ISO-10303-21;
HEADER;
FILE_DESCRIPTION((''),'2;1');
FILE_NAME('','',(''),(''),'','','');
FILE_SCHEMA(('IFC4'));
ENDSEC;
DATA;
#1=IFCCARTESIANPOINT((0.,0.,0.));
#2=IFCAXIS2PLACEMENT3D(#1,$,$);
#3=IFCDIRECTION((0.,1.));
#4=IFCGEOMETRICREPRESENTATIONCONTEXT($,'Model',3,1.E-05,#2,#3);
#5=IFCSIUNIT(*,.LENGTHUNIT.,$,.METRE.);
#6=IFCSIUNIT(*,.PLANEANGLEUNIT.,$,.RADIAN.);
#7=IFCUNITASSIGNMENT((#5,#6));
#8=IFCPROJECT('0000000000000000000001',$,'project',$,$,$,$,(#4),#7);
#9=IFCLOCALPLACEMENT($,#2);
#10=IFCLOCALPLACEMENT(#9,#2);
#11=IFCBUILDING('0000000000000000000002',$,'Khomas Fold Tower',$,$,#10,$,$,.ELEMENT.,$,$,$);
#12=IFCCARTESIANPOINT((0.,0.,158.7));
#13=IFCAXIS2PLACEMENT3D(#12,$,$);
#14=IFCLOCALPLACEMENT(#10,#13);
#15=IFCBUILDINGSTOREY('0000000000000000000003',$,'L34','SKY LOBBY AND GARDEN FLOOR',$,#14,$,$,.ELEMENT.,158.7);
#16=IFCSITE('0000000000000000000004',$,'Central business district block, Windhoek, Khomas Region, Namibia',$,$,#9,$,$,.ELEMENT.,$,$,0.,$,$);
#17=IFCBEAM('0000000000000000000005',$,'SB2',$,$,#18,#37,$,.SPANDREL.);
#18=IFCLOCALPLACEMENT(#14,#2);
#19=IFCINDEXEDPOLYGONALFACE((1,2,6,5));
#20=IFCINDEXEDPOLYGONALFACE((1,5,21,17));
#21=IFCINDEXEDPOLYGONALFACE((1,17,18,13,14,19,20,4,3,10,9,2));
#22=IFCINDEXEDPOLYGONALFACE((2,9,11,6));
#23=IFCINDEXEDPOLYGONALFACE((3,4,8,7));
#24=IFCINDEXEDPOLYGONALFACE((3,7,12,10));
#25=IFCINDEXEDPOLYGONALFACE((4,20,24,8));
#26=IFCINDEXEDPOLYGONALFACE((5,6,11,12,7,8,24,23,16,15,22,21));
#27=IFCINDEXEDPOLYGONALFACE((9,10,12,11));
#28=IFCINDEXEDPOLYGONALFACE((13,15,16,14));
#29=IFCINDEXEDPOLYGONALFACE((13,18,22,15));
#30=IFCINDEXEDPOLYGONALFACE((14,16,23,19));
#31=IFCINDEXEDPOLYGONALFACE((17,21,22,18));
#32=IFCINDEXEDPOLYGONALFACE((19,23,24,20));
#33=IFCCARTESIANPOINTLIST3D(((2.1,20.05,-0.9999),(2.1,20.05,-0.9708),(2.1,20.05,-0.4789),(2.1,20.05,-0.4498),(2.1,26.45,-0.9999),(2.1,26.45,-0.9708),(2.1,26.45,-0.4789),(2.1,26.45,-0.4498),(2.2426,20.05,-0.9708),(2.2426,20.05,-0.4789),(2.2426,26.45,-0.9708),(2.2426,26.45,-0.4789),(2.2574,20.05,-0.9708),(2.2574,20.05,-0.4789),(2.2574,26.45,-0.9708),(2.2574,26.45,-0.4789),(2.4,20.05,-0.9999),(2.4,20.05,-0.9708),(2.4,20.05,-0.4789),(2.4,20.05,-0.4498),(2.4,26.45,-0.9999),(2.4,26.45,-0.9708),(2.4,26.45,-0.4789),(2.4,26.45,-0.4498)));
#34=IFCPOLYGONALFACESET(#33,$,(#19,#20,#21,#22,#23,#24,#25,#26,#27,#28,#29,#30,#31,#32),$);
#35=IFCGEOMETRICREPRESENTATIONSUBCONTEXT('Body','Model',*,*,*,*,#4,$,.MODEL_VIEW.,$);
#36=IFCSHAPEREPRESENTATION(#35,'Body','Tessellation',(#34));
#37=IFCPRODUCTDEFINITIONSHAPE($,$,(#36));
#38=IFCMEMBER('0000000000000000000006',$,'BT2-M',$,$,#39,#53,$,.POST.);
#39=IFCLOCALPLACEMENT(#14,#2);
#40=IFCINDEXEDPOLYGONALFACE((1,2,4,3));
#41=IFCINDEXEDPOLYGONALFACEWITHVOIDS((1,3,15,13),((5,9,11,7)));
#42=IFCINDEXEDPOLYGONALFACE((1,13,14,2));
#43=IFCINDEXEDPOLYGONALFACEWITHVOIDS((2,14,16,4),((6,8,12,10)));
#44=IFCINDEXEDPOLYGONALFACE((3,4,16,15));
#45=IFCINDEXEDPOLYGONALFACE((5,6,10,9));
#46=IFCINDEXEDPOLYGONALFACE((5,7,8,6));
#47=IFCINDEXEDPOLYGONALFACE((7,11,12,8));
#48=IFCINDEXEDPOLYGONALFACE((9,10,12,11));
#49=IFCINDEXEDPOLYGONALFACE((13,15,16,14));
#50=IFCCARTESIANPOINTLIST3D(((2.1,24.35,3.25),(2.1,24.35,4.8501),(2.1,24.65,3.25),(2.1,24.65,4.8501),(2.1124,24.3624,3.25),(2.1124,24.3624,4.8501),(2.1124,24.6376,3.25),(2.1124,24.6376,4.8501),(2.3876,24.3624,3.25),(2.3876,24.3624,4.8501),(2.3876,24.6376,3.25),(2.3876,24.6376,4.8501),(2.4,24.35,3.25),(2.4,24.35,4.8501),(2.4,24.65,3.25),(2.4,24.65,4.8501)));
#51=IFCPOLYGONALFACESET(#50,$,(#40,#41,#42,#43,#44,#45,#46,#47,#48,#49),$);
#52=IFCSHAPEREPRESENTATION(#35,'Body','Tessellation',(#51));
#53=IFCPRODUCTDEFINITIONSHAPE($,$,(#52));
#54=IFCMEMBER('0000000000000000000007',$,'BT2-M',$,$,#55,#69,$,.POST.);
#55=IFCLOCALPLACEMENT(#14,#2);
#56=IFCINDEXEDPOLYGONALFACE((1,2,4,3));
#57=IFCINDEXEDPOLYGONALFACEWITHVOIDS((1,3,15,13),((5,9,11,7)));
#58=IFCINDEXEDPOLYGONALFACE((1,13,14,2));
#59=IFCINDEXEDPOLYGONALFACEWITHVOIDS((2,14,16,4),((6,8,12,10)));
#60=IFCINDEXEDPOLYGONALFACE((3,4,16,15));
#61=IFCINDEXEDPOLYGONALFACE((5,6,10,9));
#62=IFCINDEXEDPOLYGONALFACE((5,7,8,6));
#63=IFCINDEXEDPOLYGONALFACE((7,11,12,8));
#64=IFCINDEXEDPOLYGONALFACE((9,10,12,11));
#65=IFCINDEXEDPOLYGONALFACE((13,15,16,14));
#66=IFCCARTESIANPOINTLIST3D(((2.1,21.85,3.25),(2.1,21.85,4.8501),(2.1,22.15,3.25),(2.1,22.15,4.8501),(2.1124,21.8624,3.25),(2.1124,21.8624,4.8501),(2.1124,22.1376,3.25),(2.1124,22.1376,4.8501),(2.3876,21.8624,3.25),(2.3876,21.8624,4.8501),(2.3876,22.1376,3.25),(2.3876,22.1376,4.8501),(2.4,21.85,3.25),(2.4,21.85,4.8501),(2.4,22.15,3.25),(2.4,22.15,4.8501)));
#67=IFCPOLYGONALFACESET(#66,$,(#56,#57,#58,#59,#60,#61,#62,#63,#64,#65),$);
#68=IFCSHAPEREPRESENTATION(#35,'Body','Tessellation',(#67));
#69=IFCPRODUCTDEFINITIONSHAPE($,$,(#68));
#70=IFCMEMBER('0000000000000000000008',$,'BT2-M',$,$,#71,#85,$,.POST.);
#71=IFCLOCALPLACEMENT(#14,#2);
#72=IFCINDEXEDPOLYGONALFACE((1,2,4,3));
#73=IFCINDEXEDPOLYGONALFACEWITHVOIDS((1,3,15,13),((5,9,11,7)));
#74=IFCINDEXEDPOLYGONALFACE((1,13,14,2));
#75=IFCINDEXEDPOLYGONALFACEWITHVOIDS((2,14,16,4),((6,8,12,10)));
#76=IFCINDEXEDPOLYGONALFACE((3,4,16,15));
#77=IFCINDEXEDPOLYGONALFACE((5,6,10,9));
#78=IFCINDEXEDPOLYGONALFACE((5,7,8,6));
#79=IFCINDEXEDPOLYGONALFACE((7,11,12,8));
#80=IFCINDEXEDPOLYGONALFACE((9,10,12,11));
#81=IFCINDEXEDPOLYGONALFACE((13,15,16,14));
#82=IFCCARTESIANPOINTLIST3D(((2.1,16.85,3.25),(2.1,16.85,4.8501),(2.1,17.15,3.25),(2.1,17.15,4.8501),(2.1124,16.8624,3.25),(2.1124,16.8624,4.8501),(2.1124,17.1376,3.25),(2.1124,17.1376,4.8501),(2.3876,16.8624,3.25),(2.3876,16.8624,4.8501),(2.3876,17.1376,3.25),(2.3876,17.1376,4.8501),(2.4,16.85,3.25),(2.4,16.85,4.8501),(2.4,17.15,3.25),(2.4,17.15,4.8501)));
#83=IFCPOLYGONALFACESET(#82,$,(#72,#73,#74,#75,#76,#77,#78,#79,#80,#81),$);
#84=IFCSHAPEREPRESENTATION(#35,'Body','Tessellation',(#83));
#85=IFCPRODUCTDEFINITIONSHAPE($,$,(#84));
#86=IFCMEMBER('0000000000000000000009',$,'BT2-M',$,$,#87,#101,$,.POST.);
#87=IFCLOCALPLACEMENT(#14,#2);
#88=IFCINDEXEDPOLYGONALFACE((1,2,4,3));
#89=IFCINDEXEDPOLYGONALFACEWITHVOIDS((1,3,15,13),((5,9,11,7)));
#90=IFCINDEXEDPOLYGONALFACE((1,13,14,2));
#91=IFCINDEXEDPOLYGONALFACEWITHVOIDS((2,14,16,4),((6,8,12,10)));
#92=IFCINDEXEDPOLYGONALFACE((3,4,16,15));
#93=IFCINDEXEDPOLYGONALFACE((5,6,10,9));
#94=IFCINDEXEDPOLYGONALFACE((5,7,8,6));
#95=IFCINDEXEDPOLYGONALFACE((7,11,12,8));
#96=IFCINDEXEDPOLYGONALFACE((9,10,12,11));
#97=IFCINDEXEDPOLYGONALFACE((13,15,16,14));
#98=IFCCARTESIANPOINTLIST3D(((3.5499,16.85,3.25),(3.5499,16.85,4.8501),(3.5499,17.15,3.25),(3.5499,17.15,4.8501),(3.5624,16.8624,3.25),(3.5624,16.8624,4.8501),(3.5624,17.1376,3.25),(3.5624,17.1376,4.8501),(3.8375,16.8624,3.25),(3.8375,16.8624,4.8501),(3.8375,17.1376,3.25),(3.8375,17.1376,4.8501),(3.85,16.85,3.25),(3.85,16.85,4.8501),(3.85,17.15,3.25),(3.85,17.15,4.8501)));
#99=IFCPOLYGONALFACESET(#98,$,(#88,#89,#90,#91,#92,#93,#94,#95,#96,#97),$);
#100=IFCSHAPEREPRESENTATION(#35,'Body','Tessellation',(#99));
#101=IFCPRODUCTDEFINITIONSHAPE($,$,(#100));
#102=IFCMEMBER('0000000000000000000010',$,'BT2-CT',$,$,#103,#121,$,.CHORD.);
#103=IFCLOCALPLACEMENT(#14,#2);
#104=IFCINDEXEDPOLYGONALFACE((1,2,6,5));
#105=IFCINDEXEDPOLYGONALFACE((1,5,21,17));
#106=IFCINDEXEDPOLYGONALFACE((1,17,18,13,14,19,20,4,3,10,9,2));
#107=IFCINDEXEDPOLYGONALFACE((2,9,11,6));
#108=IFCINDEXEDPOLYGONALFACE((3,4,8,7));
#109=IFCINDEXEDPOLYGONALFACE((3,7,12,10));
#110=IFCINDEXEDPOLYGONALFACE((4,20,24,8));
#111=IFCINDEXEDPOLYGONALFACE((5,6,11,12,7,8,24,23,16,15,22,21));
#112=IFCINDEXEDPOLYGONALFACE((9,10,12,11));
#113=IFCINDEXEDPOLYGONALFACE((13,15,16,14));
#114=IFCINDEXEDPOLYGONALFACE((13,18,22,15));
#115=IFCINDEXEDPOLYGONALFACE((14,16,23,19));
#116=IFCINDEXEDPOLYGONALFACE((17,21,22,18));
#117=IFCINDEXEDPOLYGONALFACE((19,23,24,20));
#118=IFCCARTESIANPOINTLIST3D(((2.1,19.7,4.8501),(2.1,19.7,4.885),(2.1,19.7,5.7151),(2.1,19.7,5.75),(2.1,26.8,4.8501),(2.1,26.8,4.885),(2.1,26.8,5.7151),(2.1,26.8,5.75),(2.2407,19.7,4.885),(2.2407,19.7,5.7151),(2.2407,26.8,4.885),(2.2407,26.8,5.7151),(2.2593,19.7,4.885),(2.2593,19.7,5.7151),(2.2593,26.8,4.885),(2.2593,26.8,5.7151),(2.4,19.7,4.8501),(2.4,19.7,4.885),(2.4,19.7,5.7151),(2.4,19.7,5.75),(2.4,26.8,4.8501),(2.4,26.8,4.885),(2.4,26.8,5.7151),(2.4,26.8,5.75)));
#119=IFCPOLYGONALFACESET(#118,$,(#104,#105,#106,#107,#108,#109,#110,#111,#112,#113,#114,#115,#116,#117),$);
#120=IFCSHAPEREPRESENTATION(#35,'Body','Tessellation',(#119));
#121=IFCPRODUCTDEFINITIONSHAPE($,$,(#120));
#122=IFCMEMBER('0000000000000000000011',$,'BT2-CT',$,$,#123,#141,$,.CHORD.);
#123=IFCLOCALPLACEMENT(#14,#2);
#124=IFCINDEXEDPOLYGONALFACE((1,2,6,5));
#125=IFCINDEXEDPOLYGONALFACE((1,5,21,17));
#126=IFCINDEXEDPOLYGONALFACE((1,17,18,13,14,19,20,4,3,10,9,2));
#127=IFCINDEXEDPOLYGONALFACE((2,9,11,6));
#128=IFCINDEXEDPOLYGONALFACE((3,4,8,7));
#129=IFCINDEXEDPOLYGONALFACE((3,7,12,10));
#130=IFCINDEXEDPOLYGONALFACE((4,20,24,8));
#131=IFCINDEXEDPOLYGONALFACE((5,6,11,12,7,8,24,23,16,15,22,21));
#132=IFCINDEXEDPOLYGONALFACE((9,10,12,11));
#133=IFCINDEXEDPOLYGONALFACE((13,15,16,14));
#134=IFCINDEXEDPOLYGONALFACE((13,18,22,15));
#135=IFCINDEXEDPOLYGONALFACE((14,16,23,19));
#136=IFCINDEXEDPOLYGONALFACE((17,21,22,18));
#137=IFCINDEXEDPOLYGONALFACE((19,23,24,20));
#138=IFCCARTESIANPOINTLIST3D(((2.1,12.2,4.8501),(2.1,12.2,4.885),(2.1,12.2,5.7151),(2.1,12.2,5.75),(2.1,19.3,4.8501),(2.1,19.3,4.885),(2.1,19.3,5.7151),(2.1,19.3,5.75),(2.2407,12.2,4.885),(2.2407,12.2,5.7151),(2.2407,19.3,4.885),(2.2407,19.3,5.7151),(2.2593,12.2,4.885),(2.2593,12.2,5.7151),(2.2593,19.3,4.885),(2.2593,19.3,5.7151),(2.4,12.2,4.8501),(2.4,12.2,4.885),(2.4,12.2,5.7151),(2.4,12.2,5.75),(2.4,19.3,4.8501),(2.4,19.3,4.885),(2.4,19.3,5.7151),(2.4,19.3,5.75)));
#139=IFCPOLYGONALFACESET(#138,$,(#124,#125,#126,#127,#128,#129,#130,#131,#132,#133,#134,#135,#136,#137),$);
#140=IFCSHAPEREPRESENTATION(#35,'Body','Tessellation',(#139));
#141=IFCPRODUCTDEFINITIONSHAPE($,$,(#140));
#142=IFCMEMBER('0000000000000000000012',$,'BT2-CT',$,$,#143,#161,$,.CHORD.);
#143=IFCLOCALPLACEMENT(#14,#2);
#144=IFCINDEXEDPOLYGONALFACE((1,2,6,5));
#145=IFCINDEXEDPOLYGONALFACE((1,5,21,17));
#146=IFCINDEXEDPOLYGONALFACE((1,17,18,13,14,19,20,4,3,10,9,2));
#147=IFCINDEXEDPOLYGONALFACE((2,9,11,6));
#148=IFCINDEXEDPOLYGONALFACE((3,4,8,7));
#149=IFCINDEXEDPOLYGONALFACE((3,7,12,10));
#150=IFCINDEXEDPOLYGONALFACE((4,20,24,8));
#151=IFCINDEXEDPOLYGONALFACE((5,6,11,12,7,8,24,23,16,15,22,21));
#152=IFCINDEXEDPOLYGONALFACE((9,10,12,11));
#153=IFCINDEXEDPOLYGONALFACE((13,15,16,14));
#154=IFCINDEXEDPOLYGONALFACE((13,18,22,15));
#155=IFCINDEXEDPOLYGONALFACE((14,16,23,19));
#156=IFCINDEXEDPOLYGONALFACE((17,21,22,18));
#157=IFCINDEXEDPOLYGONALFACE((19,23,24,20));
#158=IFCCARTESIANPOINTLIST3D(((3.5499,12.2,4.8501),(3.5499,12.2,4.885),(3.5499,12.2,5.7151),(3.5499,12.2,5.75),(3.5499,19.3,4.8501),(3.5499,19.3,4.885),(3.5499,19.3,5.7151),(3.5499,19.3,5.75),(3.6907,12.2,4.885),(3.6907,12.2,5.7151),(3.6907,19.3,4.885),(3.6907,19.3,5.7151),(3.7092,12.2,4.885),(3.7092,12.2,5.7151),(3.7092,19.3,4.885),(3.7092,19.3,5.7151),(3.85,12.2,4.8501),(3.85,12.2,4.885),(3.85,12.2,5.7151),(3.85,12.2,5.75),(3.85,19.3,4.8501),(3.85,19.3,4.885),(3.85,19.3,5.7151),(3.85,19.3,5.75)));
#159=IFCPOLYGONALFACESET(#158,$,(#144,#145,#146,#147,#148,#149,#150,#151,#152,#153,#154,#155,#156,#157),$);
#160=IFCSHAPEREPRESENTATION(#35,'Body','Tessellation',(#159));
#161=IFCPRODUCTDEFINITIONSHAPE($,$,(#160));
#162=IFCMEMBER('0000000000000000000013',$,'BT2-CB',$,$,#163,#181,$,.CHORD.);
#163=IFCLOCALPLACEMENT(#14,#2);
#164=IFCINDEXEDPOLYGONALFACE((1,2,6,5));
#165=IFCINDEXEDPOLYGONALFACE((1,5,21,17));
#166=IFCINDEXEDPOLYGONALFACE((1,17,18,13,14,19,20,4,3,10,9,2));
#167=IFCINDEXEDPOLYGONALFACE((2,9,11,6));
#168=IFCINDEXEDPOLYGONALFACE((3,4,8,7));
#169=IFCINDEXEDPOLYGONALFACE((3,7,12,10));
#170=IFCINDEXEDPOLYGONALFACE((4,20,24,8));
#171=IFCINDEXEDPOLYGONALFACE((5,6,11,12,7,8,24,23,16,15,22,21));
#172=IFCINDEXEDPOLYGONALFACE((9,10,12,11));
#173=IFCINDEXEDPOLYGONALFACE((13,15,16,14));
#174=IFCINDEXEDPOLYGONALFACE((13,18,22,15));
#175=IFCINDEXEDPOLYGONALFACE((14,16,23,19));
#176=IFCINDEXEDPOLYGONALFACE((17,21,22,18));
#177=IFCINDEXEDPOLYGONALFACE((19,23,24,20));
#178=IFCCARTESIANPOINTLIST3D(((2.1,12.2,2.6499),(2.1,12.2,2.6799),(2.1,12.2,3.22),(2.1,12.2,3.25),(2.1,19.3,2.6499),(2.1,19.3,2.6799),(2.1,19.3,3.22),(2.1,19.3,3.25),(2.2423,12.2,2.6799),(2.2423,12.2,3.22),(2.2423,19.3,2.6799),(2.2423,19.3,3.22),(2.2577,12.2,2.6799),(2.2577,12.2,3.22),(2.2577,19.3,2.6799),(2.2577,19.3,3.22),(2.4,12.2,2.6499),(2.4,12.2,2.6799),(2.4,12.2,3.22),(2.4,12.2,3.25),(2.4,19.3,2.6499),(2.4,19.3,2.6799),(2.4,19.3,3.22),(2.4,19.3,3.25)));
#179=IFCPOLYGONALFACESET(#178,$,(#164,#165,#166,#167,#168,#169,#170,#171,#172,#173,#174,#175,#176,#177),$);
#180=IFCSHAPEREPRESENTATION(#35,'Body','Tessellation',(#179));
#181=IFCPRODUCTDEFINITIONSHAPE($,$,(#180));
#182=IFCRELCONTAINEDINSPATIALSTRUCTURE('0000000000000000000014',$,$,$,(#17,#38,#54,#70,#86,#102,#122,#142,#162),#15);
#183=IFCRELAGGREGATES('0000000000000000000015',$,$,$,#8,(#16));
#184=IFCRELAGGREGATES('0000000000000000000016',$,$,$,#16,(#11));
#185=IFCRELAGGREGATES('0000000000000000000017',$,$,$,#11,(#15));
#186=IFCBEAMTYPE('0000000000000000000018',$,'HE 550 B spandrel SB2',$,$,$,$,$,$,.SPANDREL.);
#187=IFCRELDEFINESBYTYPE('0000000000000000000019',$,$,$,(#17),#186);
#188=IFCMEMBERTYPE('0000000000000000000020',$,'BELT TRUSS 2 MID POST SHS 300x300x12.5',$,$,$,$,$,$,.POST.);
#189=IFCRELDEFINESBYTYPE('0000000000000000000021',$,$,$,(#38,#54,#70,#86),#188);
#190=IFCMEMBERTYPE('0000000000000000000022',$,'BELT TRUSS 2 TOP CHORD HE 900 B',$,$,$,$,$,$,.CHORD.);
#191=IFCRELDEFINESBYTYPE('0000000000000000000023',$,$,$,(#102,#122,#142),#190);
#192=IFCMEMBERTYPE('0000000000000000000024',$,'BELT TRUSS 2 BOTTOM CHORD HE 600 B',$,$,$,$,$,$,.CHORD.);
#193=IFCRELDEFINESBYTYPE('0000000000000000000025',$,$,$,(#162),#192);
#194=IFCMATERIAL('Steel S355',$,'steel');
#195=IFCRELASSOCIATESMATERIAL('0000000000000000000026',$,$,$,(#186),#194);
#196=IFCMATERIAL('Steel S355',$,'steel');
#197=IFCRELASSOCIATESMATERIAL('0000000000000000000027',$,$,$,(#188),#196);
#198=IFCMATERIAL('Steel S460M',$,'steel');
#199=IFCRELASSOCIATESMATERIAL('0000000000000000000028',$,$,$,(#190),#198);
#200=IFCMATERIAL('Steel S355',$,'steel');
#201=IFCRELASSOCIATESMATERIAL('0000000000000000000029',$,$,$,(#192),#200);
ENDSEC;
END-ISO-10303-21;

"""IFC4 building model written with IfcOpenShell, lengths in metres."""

from ifc_helpers import new_model, si_unit, direction, frame, origin, origin_2d, place, context, subcontext, project, spatial, hollow_rectangle, i_section, extrude, source, transform, mapped, material, material_profile, profile_set, type_object, element, save


model = new_model("IFC4")

# Units and contexts
model_context = context("Model", 3, precision=1e-05, world=origin(), true_north=direction((0.0, 1.0)))
body_context = subcontext(model_context, "Body", "Model", "MODEL_VIEW")
ifc_project = project(units=[si_unit("LENGTHUNIT", "METRE"), si_unit("PLANEANGLEUNIT", "RADIAN")], contexts=[model_context])

# Site, building, storey
site_placement = place(None, origin())
site = spatial("IfcSite", under=ifc_project, at=site_placement, Name="Central business district block, Windhoek, Khomas Region, Namibia", CompositionType="ELEMENT", RefElevation=0.0)
building_placement = place(site_placement, origin())
building = spatial("IfcBuilding", under=site, at=building_placement, Name="Khomas Fold Tower", CompositionType="ELEMENT")
storey_placement = place(building_placement, frame((0.0, 0.0, 158.7)))
storey = spatial("IfcBuildingStorey", under=building, at=storey_placement, Name="L34", Description="SKY LOBBY AND GARDEN FLOOR", CompositionType="ELEMENT", Elevation=158.7)

# Beam
ifc_material_1 = material(Name="Steel S355", Category="steel")
ifc_material_profile_1 = material_profile(ifc_material_1, i_section(OverallWidth=0.3, OverallDepth=0.55, WebThickness=0.0149, FlangeThickness=0.0291, at=origin_2d()), Name="HE 550 B")
ifc_profile_set_1 = profile_set([ifc_material_profile_1], Name="Steel S355")
beam_type_1 = type_object("IfcBeamType", Name="HE 550 B spandrel SB2", PredefinedType="SPANDREL", material=ifc_profile_set_1)
shared_shape_1 = source(origin(), body_context, "Body", "SweptSolid", [
    extrude(i_section(OverallWidth=0.3, OverallDepth=0.55, WebThickness=0.0149, FlangeThickness=0.0291, at=origin_2d()), origin(), (0.0, 0.0, 1.0), 6.3999),
])
beam_1_placement = place(storey_placement, frame((2.25, 20.05, -0.7249), z_axis=(0.0, 1.0, 0.0), x_axis=(-1.0, 0.0, 0.0)))
element("IfcBeam", 1, at=beam_1_placement, inside=storey, type_object=beam_type_1, Name="SB2", PredefinedType="SPANDREL", context=body_context, shape_type="MappedRepresentation", body=[
    mapped(shared_shape_1, transform((0.0, 0.0, 0.0))),
])

# Members
ifc_material_2 = material(Name="Steel S355", Category="steel")
ifc_material_profile_2 = material_profile(ifc_material_2, hollow_rectangle(XDim=0.3, YDim=0.3, WallThickness=0.0125, at=origin_2d()), Name="SHS 300x300x12.5")
ifc_profile_set_2 = profile_set([ifc_material_profile_2], Name="Steel S355")
member_type_1 = type_object("IfcMemberType", Name="BELT TRUSS 2 MID POST SHS 300x300x12.5", PredefinedType="POST", material=ifc_profile_set_2)
shared_shape_2 = source(origin(), body_context, "Body", "SweptSolid", [
    extrude(hollow_rectangle(XDim=0.3, YDim=0.3, WallThickness=0.0125, at=origin_2d()), origin(), (0.0, 0.0, 1.0), 1.6001),
])
for number, where, z_axis, x_axis, name in (
    (2, (2.25, 24.5, 3.25), (0.0, 0.0, 1.0), (1.0, 0.0, 0.0), "BT2-M"),
    (3, (2.25, 22.0, 3.25), (0.0, 0.0, 1.0), (1.0, 0.0, 0.0), "BT2-M"),
    (4, (2.25, 17.0, 3.25), (0.0, 0.0, 1.0), (1.0, 0.0, 0.0), "BT2-M"),
    (5, (3.7, 17.0, 3.25), (0.0, 0.0, 1.0), (1.0, 0.0, 0.0), "BT2-M"),
):
    element("IfcMember", number, at=place(storey_placement, frame(where, z_axis=z_axis, x_axis=x_axis)), inside=storey, type_object=member_type_1, Name=name, PredefinedType="POST", context=body_context, shape_type="MappedRepresentation", body=[
        mapped(shared_shape_2, transform((0.0, 0.0, 0.0))),
    ])
ifc_material_3 = material(Name="Steel S460M", Category="steel")
ifc_material_profile_3 = material_profile(ifc_material_3, i_section(OverallWidth=0.3, OverallDepth=0.8999, WebThickness=0.0186, FlangeThickness=0.0349, at=origin_2d()), Name="HE 900 B")
ifc_profile_set_3 = profile_set([ifc_material_profile_3], Name="Steel S460M")
member_type_2 = type_object("IfcMemberType", Name="BELT TRUSS 2 TOP CHORD HE 900 B", PredefinedType="CHORD", material=ifc_profile_set_3)
shared_shape_3 = source(origin(), body_context, "Body", "SweptSolid", [
    extrude(i_section(OverallWidth=0.3, OverallDepth=0.8999, WebThickness=0.0186, FlangeThickness=0.0349, at=origin_2d()), origin(), (0.0, 0.0, 1.0), 7.1001),
])
for number, where, z_axis, x_axis, name in (
    (6, (2.25, 26.8, 5.3), (0.0, -1.0, 0.0), (1.0, 0.0, 0.0), "BT2-CT"),
    (7, (2.25, 19.3, 5.3), (0.0, -1.0, 0.0), (1.0, 0.0, 0.0), "BT2-CT"),
    (8, (3.7, 19.3, 5.3), (0.0, -1.0, 0.0), (1.0, 0.0, 0.0), "BT2-CT"),
):
    element("IfcMember", number, at=place(storey_placement, frame(where, z_axis=z_axis, x_axis=x_axis)), inside=storey, type_object=member_type_2, Name=name, PredefinedType="CHORD", context=body_context, shape_type="MappedRepresentation", body=[
        mapped(shared_shape_3, transform((0.0, 0.0, 0.0))),
    ])
ifc_material_4 = material(Name="Steel S355", Category="steel")
ifc_material_profile_4 = material_profile(ifc_material_4, i_section(OverallWidth=0.3, OverallDepth=0.6001, WebThickness=0.0154, FlangeThickness=0.03, at=origin_2d()), Name="HE 600 B")
ifc_profile_set_4 = profile_set([ifc_material_profile_4], Name="Steel S355")
member_type_3 = type_object("IfcMemberType", Name="BELT TRUSS 2 BOTTOM CHORD HE 600 B", PredefinedType="CHORD", material=ifc_profile_set_4)
shared_shape_4 = source(origin(), body_context, "Body", "SweptSolid", [
    extrude(i_section(OverallWidth=0.3, OverallDepth=0.6001, WebThickness=0.0154, FlangeThickness=0.03, at=origin_2d()), origin(), (0.0, 0.0, 1.0), 7.1001),
])
member_1_placement = place(storey_placement, frame((2.25, 19.3, 2.95), z_axis=(0.0, -1.0, 0.0), x_axis=(1.0, 0.0, 0.0)))
element("IfcMember", 9, at=member_1_placement, inside=storey, type_object=member_type_3, Name="BT2-CB", PredefinedType="CHORD", context=body_context, shape_type="MappedRepresentation", body=[
    mapped(shared_shape_4, transform((0.0, 0.0, 0.0))),
])

save(model, "model.ifc")
